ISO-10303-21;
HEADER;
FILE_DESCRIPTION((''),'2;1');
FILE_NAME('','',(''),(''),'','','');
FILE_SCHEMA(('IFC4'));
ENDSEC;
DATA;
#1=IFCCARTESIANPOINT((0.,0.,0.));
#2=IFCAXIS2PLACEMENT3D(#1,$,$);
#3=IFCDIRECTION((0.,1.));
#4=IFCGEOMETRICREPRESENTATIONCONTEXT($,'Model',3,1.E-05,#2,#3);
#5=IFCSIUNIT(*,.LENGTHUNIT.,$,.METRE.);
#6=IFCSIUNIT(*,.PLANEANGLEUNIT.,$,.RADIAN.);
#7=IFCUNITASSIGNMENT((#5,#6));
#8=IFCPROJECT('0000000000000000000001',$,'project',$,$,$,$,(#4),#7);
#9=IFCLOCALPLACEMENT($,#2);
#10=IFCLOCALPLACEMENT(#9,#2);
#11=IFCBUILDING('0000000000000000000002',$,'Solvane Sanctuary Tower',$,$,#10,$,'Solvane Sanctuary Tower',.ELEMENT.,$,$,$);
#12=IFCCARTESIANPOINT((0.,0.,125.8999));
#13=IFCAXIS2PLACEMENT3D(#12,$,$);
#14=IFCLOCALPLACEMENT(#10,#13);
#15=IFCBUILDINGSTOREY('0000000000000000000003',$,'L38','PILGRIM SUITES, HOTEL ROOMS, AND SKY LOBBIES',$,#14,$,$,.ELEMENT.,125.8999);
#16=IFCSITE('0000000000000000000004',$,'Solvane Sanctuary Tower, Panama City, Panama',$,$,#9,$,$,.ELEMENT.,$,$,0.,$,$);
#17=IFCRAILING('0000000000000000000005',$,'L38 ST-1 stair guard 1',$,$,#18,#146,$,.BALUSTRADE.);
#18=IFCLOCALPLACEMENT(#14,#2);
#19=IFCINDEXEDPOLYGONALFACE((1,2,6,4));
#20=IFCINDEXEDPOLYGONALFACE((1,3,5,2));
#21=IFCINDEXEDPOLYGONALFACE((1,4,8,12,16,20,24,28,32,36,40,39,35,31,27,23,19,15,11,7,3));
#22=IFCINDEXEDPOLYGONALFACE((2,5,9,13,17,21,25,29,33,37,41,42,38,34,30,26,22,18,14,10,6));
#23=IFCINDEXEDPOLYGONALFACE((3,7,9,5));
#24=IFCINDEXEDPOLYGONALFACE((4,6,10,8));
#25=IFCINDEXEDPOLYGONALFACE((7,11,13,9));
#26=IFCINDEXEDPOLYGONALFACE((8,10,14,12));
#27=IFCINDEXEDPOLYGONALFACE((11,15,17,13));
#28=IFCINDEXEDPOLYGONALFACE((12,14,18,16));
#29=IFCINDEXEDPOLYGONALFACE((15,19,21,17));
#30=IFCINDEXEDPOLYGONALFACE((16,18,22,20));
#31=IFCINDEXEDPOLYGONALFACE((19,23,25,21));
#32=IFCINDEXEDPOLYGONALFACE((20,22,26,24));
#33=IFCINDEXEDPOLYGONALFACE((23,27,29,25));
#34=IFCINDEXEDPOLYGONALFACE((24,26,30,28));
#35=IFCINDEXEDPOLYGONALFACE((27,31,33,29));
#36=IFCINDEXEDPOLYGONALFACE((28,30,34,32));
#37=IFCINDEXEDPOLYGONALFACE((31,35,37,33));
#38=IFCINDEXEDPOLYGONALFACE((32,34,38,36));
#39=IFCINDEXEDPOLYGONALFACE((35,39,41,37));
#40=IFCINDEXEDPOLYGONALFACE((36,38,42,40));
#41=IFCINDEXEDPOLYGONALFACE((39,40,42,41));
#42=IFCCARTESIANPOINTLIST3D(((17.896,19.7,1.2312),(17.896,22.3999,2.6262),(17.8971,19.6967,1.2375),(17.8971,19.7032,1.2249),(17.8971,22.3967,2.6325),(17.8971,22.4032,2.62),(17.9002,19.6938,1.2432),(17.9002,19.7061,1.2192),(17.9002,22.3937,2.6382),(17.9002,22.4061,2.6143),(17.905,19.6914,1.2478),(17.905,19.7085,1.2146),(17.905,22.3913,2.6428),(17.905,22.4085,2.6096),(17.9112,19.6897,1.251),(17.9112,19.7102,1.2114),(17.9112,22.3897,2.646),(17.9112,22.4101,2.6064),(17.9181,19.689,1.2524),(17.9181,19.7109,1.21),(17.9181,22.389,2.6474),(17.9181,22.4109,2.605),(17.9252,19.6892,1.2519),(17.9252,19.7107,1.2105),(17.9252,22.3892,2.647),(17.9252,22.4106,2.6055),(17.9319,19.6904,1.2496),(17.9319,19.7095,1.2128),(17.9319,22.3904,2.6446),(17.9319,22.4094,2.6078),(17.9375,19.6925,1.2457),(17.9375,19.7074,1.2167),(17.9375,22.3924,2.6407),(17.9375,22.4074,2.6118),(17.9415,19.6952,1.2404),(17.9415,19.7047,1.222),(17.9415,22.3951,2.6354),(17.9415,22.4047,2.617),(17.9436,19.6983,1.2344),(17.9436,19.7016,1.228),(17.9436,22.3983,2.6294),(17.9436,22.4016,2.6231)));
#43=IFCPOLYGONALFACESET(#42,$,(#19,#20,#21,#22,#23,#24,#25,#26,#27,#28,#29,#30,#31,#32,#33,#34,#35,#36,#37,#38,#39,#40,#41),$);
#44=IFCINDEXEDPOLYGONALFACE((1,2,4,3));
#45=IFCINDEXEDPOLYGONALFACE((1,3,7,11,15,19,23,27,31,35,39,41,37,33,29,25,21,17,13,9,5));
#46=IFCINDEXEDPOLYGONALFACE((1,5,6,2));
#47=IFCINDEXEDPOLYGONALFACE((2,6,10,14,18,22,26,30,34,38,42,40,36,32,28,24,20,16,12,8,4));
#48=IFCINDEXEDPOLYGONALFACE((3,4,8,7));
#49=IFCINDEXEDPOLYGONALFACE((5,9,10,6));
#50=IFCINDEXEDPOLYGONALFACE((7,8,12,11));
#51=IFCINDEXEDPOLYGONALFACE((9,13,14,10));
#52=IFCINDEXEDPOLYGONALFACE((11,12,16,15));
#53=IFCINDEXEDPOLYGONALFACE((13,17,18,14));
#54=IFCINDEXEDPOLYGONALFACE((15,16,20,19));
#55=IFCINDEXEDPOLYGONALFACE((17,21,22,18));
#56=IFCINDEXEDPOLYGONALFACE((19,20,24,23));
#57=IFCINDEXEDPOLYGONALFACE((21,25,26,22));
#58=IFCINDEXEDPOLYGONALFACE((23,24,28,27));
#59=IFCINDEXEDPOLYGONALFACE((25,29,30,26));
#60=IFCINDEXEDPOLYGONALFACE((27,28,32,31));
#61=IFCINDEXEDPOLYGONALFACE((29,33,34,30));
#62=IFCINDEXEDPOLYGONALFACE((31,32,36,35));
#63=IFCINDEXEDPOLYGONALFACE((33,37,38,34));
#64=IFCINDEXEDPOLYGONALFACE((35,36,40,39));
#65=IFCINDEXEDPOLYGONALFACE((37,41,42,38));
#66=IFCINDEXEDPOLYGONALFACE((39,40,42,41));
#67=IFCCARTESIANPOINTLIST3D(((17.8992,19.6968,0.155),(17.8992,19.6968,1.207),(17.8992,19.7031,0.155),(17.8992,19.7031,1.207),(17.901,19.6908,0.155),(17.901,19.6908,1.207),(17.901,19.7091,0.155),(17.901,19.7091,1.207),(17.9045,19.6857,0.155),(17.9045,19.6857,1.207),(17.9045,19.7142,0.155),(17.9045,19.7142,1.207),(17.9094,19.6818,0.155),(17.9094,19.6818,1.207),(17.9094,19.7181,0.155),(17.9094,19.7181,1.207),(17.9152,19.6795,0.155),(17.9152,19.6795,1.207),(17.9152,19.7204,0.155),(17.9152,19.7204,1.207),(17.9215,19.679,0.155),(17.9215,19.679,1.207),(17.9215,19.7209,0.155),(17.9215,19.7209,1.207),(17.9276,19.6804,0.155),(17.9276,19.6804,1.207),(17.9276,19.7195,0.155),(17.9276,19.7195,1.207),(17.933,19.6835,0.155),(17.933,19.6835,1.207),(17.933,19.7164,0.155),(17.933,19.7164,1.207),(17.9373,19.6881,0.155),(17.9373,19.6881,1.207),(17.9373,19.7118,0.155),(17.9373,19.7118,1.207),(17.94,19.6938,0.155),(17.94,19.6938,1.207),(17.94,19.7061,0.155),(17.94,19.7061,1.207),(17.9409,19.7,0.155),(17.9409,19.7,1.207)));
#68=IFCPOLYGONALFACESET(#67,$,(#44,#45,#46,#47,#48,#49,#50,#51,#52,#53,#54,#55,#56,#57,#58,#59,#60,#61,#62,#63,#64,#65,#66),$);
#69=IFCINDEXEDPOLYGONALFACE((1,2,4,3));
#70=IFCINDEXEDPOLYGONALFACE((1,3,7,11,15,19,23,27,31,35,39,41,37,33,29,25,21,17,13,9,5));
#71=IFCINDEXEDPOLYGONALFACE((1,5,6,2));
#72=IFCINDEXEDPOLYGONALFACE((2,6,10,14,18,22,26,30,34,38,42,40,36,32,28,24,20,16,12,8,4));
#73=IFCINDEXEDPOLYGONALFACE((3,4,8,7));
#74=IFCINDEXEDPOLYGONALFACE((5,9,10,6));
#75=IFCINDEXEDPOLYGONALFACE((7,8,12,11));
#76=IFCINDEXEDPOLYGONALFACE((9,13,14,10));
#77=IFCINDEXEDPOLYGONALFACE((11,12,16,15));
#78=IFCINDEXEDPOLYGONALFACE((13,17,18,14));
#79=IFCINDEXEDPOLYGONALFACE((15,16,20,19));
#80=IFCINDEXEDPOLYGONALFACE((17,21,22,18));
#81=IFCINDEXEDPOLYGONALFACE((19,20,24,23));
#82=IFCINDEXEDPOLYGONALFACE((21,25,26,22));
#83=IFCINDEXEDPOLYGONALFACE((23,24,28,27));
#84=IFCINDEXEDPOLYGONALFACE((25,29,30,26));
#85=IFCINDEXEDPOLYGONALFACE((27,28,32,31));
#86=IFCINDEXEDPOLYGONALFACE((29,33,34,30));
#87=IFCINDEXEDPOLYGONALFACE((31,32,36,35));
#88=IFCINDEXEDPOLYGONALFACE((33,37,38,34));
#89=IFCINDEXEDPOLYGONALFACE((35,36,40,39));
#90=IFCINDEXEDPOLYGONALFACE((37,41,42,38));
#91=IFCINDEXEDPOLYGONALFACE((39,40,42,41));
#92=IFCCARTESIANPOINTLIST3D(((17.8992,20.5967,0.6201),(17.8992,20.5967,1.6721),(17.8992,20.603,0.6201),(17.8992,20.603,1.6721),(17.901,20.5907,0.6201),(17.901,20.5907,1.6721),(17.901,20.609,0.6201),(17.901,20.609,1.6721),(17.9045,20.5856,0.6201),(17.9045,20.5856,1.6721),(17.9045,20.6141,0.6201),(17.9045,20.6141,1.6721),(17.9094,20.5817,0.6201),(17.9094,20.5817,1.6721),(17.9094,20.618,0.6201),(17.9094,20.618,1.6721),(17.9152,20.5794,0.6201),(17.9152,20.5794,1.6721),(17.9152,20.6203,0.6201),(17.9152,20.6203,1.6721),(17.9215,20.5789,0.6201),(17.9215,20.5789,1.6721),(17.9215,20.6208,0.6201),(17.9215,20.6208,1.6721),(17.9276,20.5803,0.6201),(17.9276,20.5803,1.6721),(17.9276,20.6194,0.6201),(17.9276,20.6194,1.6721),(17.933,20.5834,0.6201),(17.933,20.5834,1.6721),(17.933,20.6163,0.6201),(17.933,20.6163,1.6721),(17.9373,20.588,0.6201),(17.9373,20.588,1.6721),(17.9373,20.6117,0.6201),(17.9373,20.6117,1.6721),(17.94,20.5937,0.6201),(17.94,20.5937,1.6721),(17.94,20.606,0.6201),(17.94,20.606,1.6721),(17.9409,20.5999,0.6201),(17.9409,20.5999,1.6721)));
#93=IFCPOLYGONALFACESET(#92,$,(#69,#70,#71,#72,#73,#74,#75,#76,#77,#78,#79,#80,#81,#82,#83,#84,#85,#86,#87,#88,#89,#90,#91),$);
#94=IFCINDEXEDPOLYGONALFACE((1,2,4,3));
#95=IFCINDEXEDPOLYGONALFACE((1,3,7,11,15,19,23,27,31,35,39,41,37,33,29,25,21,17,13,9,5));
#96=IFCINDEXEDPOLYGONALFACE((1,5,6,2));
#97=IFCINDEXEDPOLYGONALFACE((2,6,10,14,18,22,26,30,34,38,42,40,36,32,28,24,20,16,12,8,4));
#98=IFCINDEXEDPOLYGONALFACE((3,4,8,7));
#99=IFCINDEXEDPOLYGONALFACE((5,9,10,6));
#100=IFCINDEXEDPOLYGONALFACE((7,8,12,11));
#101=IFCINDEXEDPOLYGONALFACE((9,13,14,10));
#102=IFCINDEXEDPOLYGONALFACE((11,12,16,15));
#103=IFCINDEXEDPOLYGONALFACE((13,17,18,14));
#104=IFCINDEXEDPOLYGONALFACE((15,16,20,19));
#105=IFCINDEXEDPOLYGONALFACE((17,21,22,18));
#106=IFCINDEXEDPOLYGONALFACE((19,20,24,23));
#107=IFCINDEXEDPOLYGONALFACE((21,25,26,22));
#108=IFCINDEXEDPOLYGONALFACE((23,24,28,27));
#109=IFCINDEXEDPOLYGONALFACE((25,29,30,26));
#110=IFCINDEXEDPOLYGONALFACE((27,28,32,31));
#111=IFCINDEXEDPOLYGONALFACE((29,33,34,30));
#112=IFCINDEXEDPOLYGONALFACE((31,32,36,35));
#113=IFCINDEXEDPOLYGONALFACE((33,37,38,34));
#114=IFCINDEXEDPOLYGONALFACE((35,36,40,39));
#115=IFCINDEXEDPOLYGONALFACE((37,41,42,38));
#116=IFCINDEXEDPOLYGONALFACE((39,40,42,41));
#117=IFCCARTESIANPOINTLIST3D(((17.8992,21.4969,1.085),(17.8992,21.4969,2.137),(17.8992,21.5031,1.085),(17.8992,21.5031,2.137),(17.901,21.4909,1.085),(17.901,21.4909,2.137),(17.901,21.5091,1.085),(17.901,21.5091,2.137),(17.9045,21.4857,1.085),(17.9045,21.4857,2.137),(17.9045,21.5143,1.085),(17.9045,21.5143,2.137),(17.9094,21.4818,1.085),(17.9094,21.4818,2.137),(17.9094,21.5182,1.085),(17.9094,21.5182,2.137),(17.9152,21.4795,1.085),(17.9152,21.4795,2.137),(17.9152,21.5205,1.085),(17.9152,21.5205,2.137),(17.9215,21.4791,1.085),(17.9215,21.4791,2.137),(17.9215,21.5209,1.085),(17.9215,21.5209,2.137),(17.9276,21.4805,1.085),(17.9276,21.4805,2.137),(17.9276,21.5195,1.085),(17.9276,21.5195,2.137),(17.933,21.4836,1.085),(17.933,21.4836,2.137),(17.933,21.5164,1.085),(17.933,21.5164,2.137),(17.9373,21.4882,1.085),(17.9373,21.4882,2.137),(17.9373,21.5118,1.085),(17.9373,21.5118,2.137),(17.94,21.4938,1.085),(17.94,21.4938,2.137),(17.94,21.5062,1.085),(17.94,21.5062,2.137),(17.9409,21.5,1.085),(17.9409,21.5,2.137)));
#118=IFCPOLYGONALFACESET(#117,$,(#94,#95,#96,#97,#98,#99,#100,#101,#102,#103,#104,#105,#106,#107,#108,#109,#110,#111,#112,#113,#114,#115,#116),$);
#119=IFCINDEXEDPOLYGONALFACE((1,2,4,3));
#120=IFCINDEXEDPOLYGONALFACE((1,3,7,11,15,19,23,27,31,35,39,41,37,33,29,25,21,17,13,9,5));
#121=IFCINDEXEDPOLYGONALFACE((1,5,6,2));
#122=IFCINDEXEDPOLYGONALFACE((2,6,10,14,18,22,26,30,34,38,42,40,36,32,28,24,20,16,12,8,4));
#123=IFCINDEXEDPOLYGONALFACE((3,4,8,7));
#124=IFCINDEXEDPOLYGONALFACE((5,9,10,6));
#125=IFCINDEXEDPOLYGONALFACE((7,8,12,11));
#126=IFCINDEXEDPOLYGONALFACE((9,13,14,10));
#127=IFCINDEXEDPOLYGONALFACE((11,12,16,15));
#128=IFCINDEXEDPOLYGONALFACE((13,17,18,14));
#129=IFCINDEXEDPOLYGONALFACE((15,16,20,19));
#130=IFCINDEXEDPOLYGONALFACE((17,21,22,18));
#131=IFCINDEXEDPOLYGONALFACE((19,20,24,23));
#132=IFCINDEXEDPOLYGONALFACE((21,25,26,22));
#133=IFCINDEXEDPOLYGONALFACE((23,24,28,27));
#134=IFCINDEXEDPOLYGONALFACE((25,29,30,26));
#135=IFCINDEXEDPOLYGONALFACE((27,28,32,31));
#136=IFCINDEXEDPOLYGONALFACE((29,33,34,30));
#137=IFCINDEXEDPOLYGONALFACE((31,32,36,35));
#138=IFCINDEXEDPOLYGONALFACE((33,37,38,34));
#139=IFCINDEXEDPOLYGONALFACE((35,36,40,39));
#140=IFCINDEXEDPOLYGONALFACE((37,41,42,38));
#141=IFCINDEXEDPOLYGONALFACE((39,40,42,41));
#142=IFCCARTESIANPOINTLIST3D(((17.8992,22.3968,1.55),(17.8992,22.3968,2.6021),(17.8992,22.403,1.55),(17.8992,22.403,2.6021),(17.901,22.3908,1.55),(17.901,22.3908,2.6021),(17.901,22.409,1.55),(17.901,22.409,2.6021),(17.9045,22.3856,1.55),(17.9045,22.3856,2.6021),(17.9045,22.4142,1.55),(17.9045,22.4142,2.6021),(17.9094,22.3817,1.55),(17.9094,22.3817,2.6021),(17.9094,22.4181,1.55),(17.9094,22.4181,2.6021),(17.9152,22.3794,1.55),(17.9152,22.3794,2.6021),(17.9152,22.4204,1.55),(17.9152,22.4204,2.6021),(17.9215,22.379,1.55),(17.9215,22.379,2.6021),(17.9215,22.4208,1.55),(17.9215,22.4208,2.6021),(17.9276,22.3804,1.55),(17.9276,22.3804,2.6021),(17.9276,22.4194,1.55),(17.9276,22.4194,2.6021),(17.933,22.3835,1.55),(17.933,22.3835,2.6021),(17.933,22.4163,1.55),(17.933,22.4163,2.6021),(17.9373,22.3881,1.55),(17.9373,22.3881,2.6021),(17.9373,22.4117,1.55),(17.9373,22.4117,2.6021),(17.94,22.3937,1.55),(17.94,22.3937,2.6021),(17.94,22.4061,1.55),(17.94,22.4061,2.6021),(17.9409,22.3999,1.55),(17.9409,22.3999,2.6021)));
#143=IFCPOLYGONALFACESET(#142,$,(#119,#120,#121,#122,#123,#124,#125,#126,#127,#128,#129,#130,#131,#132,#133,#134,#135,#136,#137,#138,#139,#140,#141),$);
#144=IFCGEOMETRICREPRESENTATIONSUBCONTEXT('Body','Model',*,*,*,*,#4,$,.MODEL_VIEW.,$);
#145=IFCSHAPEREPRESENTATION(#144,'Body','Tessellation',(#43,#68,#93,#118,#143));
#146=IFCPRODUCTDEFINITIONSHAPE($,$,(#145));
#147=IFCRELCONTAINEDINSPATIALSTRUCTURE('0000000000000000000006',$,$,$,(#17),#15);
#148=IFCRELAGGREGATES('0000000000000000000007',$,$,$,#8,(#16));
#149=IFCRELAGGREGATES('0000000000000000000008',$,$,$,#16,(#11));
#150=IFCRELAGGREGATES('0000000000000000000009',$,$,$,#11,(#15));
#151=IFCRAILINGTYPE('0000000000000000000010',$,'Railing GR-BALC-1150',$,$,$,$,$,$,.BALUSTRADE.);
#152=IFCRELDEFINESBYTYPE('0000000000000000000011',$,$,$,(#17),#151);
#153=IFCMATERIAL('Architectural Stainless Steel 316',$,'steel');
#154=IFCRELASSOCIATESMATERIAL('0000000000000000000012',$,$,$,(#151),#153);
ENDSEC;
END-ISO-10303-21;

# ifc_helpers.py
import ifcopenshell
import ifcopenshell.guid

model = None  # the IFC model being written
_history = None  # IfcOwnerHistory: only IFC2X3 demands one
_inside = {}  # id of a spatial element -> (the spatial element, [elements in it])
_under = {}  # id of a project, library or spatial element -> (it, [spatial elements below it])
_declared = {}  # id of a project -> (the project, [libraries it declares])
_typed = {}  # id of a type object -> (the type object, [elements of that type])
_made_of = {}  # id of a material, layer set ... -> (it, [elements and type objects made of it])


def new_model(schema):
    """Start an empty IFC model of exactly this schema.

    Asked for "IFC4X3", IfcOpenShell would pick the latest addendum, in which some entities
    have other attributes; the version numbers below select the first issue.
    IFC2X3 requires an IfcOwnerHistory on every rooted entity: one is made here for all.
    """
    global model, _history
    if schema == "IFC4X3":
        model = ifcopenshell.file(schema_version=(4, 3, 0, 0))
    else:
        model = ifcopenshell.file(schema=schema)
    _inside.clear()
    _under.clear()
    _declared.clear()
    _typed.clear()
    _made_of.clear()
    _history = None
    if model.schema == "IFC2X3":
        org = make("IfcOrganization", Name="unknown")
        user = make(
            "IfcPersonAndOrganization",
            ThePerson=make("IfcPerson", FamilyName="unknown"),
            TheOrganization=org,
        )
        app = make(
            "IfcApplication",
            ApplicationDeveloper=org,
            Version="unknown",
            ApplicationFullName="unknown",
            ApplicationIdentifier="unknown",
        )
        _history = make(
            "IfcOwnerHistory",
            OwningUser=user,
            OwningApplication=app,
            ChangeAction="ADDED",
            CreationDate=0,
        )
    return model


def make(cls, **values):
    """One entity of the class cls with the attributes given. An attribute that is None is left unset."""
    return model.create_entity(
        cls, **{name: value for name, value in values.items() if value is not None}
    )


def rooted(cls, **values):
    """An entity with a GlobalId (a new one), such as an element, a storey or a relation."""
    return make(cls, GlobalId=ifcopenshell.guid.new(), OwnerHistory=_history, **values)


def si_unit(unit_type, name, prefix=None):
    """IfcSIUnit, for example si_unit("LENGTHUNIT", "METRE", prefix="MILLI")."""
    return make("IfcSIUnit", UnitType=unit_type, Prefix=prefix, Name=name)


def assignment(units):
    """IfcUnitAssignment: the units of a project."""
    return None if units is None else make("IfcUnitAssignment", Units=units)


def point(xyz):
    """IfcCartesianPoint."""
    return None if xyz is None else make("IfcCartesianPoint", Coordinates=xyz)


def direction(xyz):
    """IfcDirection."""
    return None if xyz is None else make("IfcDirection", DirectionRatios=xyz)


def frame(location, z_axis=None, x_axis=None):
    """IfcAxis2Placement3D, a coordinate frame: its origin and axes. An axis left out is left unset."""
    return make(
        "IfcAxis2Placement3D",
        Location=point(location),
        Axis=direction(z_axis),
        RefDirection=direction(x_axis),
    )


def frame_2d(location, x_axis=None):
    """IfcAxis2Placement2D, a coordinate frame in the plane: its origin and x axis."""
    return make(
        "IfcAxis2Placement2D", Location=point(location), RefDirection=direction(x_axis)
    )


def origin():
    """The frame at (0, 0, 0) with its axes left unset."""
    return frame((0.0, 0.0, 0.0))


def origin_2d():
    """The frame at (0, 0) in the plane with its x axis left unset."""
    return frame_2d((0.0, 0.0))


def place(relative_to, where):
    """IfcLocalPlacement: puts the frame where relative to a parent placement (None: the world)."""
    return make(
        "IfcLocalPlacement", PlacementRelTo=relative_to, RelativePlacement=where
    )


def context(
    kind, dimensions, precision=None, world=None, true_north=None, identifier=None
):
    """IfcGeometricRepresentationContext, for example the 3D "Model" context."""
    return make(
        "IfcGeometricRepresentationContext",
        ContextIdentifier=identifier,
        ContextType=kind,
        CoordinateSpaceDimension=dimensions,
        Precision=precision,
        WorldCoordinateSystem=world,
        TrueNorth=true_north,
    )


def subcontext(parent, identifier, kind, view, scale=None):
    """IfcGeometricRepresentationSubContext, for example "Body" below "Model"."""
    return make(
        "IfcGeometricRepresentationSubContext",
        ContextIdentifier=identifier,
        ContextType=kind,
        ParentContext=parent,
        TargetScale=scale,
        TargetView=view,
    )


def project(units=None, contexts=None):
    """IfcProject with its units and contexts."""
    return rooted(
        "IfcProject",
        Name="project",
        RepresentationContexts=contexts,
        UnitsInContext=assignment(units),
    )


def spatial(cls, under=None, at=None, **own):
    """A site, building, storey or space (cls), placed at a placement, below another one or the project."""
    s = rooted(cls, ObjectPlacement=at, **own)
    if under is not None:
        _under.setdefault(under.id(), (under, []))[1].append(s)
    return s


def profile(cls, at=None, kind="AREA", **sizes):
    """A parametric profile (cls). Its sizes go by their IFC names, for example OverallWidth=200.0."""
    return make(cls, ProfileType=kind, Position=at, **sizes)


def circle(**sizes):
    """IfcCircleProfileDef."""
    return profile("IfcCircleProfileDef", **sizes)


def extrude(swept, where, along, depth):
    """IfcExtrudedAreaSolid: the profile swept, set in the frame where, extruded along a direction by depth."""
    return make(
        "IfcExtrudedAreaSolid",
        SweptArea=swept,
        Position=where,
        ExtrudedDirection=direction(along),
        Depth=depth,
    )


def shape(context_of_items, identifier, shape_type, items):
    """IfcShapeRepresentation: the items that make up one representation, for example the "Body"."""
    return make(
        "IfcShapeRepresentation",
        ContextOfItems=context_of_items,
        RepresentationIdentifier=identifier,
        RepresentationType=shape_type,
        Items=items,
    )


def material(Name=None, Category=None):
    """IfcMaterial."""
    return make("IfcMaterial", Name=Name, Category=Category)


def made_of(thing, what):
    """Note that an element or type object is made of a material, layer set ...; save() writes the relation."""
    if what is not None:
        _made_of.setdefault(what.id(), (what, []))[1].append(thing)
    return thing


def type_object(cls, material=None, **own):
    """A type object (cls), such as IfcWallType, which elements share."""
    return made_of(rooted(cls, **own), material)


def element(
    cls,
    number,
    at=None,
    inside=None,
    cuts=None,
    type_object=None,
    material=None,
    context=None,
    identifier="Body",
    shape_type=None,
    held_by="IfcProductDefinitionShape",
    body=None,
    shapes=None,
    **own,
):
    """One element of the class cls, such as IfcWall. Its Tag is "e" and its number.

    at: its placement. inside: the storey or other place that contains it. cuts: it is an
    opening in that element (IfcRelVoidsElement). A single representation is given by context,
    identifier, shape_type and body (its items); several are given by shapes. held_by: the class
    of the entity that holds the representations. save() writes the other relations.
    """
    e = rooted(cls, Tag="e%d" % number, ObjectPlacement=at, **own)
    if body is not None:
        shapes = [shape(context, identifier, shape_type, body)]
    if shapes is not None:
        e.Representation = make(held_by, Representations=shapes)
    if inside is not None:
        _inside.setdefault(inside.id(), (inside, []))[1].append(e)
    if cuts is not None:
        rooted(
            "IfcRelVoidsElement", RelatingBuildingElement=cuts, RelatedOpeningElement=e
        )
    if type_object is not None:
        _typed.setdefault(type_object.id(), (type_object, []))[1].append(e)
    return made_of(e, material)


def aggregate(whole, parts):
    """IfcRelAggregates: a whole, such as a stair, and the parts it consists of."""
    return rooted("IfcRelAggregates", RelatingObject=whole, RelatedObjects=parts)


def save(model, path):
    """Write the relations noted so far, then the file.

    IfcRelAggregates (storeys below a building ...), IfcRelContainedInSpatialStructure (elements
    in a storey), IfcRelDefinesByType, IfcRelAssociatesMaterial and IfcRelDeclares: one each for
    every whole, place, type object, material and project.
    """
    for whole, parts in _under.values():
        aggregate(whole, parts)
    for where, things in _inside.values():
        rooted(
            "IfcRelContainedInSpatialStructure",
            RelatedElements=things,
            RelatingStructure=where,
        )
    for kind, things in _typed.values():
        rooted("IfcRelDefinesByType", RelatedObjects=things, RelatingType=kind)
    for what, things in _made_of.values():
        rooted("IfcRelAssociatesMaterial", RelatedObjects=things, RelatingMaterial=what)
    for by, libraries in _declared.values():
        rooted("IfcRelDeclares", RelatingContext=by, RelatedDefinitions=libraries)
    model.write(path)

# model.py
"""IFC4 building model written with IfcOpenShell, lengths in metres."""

from ifc_helpers import new_model, si_unit, direction, frame, origin, origin_2d, place, context, subcontext, project, spatial, circle, extrude, material, type_object, element, save


model = new_model("IFC4")

# Units and contexts
model_context = context("Model", 3, precision=1e-05, world=origin(), true_north=direction((0.0, 1.0)))
body_context = subcontext(model_context, "Body", "Model", "MODEL_VIEW")
ifc_project = project(units=[si_unit("LENGTHUNIT", "METRE"), si_unit("PLANEANGLEUNIT", "RADIAN")], contexts=[model_context])

# Site, building, storey
site_placement = place(None, origin())
site = spatial("IfcSite", under=ifc_project, at=site_placement, Name="Solvane Sanctuary Tower, Panama City, Panama", CompositionType="ELEMENT", RefElevation=0.0)
building_placement = place(site_placement, origin())
building = spatial("IfcBuilding", under=site, at=building_placement, Name="Solvane Sanctuary Tower", LongName="Solvane Sanctuary Tower", CompositionType="ELEMENT")
storey_placement = place(building_placement, frame((0.0, 0.0, 125.8999)))
storey = spatial("IfcBuildingStorey", under=building, at=storey_placement, Name="L38", Description="PILGRIM SUITES, HOTEL ROOMS, AND SKY LOBBIES", CompositionType="ELEMENT", Elevation=125.8999)

# Shared definitions
ifc_material_1 = material(Name="Architectural Stainless Steel 316", Category="steel")

# Railing
railing_type_1 = type_object("IfcRailingType", Name="Railing GR-BALC-1150", PredefinedType="BALUSTRADE", material=ifc_material_1)
railing_1_placement = place(storey_placement, frame((17.9199, 19.7, 0.155)))
element("IfcRailing", 1, at=railing_1_placement, inside=storey, type_object=railing_type_1, Name="L38 ST-1 stair guard 1", PredefinedType="BALUSTRADE", context=body_context, shape_type="SweptSolid", body=[
    extrude(circle(Radius=0.0239, at=origin_2d()), frame((0.0, 0.0, 1.0762), z_axis=(0.0, 0.88842, 0.459032), x_axis=(-1.0, 0.0, 0.0)), (0.0, 0.0, 1.0), 3.0391),
    extrude(circle(Radius=0.021, at=origin_2d()), origin(), (0.0, 0.0, 1.0), 1.052),
    extrude(circle(Radius=0.021, at=origin_2d()), frame((0.0, 0.8999, 0.4651)), (0.0, 0.0, 1.0), 1.052),
    extrude(circle(Radius=0.021, at=origin_2d()), frame((0.0, 1.8, 0.9299)), (0.0, 0.0, 1.0), 1.052),
    extrude(circle(Radius=0.021, at=origin_2d()), frame((0.0, 2.7, 1.395)), (0.0, 0.0, 1.0), 1.052),
])

save(model, "model.ifc")
